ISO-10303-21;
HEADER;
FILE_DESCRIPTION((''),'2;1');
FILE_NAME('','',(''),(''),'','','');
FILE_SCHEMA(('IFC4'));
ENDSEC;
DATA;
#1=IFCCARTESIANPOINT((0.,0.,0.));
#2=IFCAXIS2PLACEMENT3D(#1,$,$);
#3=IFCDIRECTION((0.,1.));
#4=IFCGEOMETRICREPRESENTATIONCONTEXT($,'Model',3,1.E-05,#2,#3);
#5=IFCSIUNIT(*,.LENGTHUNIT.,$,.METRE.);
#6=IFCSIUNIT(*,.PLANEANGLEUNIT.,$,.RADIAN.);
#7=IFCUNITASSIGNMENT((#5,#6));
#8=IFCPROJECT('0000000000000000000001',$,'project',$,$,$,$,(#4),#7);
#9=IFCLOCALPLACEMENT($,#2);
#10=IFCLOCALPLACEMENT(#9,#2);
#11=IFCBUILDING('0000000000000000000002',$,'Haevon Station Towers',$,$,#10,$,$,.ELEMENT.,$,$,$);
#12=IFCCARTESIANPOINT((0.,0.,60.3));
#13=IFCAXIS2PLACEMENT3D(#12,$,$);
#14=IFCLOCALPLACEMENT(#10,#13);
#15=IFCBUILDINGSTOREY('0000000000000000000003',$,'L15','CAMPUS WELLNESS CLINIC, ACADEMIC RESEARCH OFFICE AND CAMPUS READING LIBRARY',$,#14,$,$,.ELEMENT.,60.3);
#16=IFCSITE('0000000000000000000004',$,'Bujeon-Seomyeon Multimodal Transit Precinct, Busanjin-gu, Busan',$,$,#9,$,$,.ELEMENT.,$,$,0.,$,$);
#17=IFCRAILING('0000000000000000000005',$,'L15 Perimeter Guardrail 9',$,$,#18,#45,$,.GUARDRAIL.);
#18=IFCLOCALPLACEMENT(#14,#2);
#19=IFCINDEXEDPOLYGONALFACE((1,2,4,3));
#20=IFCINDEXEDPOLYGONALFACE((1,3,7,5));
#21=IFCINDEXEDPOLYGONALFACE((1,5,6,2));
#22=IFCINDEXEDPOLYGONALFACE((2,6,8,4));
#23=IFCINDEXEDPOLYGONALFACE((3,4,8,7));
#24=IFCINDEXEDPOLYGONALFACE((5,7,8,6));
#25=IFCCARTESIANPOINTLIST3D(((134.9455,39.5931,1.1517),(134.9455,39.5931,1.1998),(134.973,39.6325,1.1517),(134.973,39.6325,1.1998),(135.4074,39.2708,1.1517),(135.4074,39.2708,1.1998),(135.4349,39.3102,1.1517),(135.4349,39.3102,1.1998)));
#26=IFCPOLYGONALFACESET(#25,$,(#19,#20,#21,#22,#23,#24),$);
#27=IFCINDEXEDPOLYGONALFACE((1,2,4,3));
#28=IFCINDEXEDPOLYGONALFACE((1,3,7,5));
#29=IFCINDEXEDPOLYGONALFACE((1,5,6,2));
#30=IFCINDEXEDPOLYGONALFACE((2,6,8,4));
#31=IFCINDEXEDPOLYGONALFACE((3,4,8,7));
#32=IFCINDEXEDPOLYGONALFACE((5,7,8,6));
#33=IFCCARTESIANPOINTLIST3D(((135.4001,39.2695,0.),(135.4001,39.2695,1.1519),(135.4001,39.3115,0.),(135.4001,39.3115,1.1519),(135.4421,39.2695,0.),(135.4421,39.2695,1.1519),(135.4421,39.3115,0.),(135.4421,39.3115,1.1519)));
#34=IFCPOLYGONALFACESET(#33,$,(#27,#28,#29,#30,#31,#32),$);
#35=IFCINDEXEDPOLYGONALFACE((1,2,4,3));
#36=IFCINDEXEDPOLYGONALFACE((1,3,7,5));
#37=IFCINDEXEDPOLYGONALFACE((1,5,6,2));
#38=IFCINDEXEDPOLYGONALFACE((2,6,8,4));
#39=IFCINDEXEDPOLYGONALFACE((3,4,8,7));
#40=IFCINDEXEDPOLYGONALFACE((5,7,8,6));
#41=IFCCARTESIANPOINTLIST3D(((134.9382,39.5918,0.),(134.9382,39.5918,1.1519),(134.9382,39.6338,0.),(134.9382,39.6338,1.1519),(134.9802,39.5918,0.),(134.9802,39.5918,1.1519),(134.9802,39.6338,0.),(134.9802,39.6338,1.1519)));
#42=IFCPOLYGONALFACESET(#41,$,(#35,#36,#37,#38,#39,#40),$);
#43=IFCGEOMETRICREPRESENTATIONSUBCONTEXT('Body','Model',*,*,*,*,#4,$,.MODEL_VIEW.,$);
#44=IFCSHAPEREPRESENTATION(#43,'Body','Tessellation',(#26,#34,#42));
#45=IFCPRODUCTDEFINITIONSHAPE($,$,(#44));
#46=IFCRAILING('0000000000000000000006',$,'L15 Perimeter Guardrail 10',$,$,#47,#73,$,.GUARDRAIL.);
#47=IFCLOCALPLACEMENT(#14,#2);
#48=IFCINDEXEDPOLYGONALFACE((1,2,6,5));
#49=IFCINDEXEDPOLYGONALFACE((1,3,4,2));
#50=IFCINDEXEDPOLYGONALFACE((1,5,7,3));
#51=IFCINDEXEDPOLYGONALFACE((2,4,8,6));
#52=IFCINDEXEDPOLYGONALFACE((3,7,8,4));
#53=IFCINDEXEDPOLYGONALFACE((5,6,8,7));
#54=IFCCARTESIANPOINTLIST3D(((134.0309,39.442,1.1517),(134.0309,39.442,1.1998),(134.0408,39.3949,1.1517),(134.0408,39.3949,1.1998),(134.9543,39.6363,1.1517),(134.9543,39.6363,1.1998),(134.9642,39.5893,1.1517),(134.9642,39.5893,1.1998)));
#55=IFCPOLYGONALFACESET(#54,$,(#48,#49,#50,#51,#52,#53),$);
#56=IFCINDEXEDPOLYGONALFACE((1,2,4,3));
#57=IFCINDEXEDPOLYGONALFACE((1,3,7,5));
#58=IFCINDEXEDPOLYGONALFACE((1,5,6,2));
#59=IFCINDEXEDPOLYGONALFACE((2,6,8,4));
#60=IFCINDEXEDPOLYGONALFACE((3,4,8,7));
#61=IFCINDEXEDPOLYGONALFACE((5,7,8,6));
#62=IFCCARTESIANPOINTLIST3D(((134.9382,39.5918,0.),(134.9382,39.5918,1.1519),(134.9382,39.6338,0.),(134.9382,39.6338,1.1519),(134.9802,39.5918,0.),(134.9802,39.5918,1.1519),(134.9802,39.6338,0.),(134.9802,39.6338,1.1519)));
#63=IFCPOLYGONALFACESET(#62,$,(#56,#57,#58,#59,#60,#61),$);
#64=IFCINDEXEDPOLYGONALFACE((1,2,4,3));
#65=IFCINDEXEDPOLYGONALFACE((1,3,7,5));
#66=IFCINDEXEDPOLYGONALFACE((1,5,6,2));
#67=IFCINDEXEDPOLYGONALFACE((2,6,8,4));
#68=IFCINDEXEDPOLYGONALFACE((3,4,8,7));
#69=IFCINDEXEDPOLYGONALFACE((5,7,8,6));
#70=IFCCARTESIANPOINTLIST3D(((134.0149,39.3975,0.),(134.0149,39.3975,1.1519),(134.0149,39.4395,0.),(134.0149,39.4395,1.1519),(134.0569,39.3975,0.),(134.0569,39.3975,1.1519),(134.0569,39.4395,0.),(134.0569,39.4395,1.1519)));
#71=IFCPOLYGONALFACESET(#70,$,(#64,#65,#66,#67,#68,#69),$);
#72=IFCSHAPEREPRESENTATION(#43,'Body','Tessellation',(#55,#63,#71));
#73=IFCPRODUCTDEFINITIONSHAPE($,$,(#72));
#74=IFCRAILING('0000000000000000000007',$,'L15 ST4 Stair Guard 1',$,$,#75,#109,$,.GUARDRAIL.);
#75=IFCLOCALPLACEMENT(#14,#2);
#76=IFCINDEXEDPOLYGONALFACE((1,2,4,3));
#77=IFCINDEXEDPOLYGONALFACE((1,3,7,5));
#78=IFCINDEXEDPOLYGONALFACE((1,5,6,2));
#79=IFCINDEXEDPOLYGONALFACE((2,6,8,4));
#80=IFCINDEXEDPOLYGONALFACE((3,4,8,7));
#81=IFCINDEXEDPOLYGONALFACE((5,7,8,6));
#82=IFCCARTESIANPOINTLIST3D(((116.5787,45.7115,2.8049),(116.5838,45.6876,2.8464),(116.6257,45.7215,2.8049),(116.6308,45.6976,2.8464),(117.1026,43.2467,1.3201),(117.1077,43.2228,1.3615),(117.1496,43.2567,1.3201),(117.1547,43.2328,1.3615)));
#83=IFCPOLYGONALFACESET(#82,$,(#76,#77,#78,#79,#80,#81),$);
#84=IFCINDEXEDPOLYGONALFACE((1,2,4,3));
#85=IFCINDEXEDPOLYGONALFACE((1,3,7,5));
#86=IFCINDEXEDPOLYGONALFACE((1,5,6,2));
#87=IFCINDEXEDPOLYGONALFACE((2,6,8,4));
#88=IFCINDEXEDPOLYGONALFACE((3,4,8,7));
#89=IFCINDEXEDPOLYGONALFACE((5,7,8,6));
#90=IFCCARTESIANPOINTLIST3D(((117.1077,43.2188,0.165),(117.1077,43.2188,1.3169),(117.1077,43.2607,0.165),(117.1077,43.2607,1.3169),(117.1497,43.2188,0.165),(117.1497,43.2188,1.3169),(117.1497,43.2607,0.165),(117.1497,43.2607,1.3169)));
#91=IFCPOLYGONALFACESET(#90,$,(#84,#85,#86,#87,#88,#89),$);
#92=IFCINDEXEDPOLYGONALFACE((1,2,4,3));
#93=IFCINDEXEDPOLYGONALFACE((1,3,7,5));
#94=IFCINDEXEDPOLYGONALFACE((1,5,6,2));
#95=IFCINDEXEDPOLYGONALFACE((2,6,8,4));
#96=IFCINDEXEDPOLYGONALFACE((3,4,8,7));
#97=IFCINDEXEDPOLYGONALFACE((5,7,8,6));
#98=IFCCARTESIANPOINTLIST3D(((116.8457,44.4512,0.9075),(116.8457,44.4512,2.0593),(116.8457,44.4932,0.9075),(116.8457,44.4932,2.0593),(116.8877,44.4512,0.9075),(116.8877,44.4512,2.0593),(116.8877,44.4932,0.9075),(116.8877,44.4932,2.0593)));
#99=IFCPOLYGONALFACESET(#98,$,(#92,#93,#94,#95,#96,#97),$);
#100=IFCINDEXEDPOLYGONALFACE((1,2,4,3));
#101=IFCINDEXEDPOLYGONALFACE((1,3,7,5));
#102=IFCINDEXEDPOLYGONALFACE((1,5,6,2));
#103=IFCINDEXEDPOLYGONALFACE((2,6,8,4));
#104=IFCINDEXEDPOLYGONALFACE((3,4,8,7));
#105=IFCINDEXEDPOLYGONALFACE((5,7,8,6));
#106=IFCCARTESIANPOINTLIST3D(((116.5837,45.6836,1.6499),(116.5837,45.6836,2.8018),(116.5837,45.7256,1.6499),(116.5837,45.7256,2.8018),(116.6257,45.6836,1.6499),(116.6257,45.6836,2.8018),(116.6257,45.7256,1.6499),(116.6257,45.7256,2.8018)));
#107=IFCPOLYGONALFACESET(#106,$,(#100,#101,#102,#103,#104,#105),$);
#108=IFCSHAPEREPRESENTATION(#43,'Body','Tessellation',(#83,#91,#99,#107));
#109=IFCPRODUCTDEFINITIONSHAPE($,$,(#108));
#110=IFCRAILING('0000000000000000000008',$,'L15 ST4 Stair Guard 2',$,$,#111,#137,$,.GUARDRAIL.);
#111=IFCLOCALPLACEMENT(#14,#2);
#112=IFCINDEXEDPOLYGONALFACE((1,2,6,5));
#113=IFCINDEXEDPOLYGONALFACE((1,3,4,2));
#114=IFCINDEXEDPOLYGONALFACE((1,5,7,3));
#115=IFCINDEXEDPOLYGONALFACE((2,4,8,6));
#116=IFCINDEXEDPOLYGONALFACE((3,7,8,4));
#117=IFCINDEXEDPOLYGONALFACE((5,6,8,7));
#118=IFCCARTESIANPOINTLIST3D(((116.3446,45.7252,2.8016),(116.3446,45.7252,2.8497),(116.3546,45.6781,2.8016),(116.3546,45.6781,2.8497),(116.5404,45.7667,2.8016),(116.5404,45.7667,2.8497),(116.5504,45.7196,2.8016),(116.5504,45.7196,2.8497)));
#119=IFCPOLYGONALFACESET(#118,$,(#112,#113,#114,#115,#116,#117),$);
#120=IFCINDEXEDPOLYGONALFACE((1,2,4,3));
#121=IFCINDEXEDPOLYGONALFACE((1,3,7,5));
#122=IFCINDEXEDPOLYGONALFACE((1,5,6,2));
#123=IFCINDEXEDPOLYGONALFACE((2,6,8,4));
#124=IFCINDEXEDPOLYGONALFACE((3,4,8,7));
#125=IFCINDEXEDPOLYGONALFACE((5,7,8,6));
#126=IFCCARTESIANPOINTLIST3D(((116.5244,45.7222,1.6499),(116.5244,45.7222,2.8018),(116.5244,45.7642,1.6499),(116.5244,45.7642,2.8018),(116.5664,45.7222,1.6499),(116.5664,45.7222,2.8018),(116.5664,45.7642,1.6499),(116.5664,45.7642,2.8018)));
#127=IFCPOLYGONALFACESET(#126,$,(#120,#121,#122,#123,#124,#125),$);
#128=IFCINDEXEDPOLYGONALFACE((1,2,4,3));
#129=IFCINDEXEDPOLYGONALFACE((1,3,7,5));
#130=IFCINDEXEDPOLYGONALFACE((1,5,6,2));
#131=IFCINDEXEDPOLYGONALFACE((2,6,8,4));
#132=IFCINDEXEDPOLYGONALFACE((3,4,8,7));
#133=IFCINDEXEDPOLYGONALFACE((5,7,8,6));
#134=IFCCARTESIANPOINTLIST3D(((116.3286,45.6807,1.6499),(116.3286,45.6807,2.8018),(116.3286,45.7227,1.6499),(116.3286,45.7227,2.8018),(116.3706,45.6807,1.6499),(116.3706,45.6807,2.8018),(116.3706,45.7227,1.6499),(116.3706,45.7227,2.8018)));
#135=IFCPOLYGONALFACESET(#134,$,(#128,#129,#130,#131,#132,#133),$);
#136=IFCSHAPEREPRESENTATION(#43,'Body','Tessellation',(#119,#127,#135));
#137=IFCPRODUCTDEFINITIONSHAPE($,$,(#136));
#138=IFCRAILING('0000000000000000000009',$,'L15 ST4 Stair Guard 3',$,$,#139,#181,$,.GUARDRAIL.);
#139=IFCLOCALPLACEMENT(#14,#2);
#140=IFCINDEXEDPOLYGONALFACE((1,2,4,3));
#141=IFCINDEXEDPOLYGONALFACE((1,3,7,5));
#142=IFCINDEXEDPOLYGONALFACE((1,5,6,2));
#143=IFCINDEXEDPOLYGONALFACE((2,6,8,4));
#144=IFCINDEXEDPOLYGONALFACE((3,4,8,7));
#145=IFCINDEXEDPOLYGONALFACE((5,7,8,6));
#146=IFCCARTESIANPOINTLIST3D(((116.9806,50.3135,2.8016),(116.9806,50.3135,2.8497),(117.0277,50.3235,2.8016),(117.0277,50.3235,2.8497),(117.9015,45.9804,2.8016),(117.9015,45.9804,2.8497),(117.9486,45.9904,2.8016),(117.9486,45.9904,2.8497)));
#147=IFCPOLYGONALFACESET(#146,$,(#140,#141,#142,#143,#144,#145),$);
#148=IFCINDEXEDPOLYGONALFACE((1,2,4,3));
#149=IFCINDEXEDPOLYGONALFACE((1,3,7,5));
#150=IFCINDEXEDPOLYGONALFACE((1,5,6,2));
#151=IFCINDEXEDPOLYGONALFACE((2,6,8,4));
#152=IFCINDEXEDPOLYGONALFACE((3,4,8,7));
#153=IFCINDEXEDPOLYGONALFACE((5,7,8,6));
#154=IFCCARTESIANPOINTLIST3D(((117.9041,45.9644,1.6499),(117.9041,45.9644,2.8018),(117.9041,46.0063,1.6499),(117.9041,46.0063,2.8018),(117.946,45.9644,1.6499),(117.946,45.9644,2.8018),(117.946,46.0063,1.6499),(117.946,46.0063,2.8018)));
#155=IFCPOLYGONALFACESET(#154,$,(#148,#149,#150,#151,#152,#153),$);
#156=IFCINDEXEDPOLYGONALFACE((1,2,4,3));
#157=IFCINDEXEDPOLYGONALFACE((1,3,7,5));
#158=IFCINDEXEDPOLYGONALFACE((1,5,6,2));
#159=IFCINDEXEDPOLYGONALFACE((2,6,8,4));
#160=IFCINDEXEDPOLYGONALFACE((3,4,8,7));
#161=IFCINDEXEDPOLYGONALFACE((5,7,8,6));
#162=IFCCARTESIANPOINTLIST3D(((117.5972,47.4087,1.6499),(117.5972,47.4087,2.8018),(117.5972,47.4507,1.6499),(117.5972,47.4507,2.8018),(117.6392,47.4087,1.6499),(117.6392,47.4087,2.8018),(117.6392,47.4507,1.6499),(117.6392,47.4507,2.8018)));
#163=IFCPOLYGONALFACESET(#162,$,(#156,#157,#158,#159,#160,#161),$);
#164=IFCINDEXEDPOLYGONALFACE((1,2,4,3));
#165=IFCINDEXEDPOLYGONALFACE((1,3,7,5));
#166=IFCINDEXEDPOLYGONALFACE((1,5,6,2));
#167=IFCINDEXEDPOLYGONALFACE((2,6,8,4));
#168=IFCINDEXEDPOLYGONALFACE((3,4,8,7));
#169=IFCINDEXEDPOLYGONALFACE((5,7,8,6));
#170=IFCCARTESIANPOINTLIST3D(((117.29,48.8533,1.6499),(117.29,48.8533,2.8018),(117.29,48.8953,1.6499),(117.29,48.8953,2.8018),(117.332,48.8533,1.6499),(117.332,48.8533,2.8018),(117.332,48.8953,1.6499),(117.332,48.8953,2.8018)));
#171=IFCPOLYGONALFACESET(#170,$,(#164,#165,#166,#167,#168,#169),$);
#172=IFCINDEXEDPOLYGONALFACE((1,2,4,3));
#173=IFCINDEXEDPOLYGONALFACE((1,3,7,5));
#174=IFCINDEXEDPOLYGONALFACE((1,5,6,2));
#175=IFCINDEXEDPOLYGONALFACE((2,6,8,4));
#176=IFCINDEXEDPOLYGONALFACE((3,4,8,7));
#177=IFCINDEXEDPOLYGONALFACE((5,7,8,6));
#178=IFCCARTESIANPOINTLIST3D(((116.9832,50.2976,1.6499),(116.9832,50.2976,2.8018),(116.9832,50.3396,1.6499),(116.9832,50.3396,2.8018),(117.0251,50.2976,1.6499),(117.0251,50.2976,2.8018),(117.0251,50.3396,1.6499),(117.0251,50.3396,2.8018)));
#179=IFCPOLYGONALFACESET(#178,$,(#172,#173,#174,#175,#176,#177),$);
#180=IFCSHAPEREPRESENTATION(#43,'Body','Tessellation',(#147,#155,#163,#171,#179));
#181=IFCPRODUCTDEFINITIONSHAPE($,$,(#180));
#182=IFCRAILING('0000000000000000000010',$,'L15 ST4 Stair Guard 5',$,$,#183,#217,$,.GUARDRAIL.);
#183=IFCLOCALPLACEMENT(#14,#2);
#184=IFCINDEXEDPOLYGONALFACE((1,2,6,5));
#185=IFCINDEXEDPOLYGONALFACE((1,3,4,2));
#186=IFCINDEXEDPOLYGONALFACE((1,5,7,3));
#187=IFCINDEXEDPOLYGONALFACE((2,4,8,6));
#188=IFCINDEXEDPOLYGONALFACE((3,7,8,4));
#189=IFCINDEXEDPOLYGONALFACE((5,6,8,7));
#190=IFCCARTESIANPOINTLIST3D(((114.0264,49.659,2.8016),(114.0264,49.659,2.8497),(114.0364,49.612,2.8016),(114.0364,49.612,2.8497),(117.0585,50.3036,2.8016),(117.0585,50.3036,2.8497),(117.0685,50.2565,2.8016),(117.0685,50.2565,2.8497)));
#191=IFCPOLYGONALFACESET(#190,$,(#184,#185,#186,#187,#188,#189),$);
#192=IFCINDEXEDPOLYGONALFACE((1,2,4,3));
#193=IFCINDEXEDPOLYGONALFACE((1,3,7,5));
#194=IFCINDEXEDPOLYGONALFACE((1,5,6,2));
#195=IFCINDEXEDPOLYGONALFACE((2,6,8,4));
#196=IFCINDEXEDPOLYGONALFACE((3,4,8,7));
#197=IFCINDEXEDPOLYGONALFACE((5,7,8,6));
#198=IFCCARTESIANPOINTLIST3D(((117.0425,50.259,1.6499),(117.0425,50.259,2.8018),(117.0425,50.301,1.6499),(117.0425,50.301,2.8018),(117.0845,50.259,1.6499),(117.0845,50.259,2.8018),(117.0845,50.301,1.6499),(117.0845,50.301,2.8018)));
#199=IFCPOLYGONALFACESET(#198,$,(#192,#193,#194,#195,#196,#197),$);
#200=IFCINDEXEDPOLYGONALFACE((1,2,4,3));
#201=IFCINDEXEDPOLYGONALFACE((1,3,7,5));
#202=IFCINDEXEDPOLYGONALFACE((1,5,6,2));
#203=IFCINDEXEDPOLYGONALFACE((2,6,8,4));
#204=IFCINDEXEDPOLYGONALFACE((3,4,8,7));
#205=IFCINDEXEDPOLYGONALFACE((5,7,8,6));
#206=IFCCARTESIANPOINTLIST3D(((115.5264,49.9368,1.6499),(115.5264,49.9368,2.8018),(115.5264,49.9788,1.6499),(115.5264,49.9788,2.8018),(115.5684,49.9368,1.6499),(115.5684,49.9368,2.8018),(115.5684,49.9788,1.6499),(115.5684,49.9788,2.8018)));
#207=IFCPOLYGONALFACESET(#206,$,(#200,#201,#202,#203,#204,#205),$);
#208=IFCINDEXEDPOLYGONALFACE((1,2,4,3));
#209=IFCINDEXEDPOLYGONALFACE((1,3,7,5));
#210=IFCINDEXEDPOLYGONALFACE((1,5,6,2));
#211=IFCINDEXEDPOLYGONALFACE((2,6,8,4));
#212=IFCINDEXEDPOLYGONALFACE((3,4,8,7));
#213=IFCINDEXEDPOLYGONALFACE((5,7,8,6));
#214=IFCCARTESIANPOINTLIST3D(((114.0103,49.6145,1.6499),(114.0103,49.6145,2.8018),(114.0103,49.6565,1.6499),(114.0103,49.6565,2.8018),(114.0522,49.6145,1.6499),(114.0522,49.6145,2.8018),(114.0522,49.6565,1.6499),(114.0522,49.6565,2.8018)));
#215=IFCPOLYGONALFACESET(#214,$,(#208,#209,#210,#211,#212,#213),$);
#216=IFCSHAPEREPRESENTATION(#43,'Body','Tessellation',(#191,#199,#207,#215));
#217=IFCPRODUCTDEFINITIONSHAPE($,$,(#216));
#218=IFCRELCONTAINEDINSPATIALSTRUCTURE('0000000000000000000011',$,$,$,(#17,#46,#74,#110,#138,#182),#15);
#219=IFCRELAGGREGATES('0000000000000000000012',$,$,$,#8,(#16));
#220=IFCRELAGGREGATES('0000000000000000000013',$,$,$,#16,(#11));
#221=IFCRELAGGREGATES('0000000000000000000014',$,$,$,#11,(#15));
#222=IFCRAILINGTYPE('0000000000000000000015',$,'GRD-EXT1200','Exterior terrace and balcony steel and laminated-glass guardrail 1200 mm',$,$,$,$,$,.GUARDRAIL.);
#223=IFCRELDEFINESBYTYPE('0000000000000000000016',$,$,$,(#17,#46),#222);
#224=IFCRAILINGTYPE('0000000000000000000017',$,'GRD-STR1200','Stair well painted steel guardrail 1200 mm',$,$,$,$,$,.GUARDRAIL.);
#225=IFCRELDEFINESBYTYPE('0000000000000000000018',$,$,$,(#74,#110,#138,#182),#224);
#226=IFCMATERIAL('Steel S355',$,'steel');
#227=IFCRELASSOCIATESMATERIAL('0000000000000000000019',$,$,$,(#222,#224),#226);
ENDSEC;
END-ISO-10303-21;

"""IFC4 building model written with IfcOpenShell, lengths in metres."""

from ifc_helpers import new_model, si_unit, direction, frame, origin, origin_2d, place, context, subcontext, project, spatial, rectangle, extrude, material, type_object, element, save


model = new_model("IFC4")

# Units and contexts
model_context = context("Model", 3, precision=1e-05, world=origin(), true_north=direction((0.0, 1.0)))
body_context = subcontext(model_context, "Body", "Model", "MODEL_VIEW")
ifc_project = project(units=[si_unit("LENGTHUNIT", "METRE"), si_unit("PLANEANGLEUNIT", "RADIAN")], contexts=[model_context])

# Site, building, storey
site_placement = place(None, origin())
site = spatial("IfcSite", under=ifc_project, at=site_placement, Name="Bujeon-Seomyeon Multimodal Transit Precinct, Busanjin-gu, Busan", CompositionType="ELEMENT", RefElevation=0.0)
building_placement = place(site_placement, origin())
building = spatial("IfcBuilding", under=site, at=building_placement, Name="Haevon Station Towers", CompositionType="ELEMENT")
storey_placement = place(building_placement, frame((0.0, 0.0, 60.3)))
storey = spatial("IfcBuildingStorey", under=building, at=storey_placement, Name="L15", Description="CAMPUS WELLNESS CLINIC, ACADEMIC RESEARCH OFFICE AND CAMPUS READING LIBRARY", CompositionType="ELEMENT", Elevation=60.3)

# Shared definitions
ifc_material_1 = material(Name="Steel S355", Category="steel")

# Railings
railing_type_1 = type_object("IfcRailingType", Name="GRD-EXT1200", Description="Exterior terrace and balcony steel and laminated-glass guardrail 1200 mm", PredefinedType="GUARDRAIL", material=ifc_material_1)
railing_1_placement = place(storey_placement, frame((135.4211, 39.2905, 0.0)))
element("IfcRailing", 1, at=railing_1_placement, inside=storey, type_object=railing_type_1, Name="L15 Perimeter Guardrail 9", PredefinedType="GUARDRAIL", context=body_context, shape_type="SweptSolid", body=[
    extrude(rectangle(XDim=0.0481, YDim=0.0481, at=origin_2d()), frame((0.0, 0.0, 1.1758), z_axis=(-0.820127, 0.572182, 0.0), x_axis=(-0.572182, -0.820127, 0.0)), (0.0, 0.0, 1.0), 0.5632),
    extrude(rectangle(XDim=0.042, YDim=0.042, at=origin_2d()), origin(), (0.0, 0.0, 1.0), 1.1519),
    extrude(rectangle(XDim=0.042, YDim=0.042, at=origin_2d()), frame((-0.4619, 0.3223, 0.0)), (0.0, 0.0, 1.0), 1.1519),
])
railing_2_placement = place(storey_placement, frame((134.9592, 39.6128, 0.0)))
element("IfcRailing", 2, at=railing_2_placement, inside=storey, type_object=railing_type_1, Name="L15 Perimeter Guardrail 10", PredefinedType="GUARDRAIL", context=body_context, shape_type="SweptSolid", body=[
    extrude(rectangle(XDim=0.0481, YDim=0.0481, at=origin_2d()), frame((0.0, 0.0, 1.1758), z_axis=(-0.978561, -0.205958, 0.0), x_axis=(0.205958, -0.978561, 0.0)), (0.0, 0.0, 1.0), 0.9436),
    extrude(rectangle(XDim=0.042, YDim=0.042, at=origin_2d()), origin(), (0.0, 0.0, 1.0), 1.1519),
    extrude(rectangle(XDim=0.042, YDim=0.042, at=origin_2d()), frame((-0.9233, -0.1943, 0.0)), (0.0, 0.0, 1.0), 1.1519),
])
railing_type_2 = type_object("IfcRailingType", Name="GRD-STR1200", Description="Stair well painted steel guardrail 1200 mm", PredefinedType="GUARDRAIL", material=ifc_material_1)
railing_3_placement = place(storey_placement, frame((117.1287, 43.2397, 0.165)))
element("IfcRailing", 3, at=railing_3_placement, inside=storey, type_object=railing_type_2, Name="L15 ST4 Stair Guard 1", PredefinedType="GUARDRAIL", context=body_context, shape_type="SweptSolid", body=[
    extrude(rectangle(XDim=0.0481, YDim=0.0481, at=origin_2d()), frame((0.0, 0.0, 1.1758), z_axis=(-0.179129, 0.842724, 0.507671), x_axis=(-0.978147, -0.207914, 0.0)), (0.0, 0.0, 1.0), 2.9248),
    extrude(rectangle(XDim=0.042, YDim=0.042, at=origin_2d()), origin(), (0.0, 0.0, 1.0), 1.1519),
    extrude(rectangle(XDim=0.042, YDim=0.042, at=origin_2d()), frame((-0.262, 1.2324, 0.7424)), (0.0, 0.0, 1.0), 1.1519),
    extrude(rectangle(XDim=0.042, YDim=0.042, at=origin_2d()), frame((-0.5239, 2.4648, 1.4849)), (0.0, 0.0, 1.0), 1.1519),
])
railing_4_placement = place(storey_placement, frame((116.5454, 45.7432, 1.6499)))
element("IfcRailing", 4, at=railing_4_placement, inside=storey, type_object=railing_type_2, Name="L15 ST4 Stair Guard 2", PredefinedType="GUARDRAIL", context=body_context, shape_type="SweptSolid", body=[
    extrude(rectangle(XDim=0.0481, YDim=0.0481, at=origin_2d()), frame((0.0, 0.0, 1.1758), z_axis=(-0.978264, -0.207363, 0.0), x_axis=(0.207363, -0.978264, 0.0)), (0.0, 0.0, 1.0), 0.2002),
    extrude(rectangle(XDim=0.042, YDim=0.042, at=origin_2d()), origin(), (0.0, 0.0, 1.0), 1.1519),
    extrude(rectangle(XDim=0.042, YDim=0.042, at=origin_2d()), frame((-0.1958, -0.0415, 0.0)), (0.0, 0.0, 1.0), 1.1519),
])
railing_5_placement = place(storey_placement, frame((117.925, 45.9854, 1.6499)))
element("IfcRailing", 5, at=railing_5_placement, inside=storey, type_object=railing_type_2, Name="L15 ST4 Stair Guard 3", PredefinedType="GUARDRAIL", context=body_context, shape_type="SweptSolid", body=[
    extrude(rectangle(XDim=0.0481, YDim=0.0481, at=origin_2d()), frame((0.0, 0.0, 1.1758), z_axis=(-0.207877, 0.978155, 0.0), x_axis=(-0.978155, -0.207877, 0.0)), (0.0, 0.0, 1.0), 4.4299),
    extrude(rectangle(XDim=0.042, YDim=0.042, at=origin_2d()), origin(), (0.0, 0.0, 1.0), 1.1519),
    extrude(rectangle(XDim=0.042, YDim=0.042, at=origin_2d()), frame((-0.3069, 1.4443, 0.0)), (0.0, 0.0, 1.0), 1.1519),
    extrude(rectangle(XDim=0.042, YDim=0.042, at=origin_2d()), frame((-0.614, 2.8889, 0.0)), (0.0, 0.0, 1.0), 1.1519),
    extrude(rectangle(XDim=0.042, YDim=0.042, at=origin_2d()), frame((-0.9209, 4.3333, 0.0)), (0.0, 0.0, 1.0), 1.1519),
])
railing_6_placement = place(storey_placement, frame((117.0635, 50.28, 1.6499)))
element("IfcRailing", 6, at=railing_6_placement, inside=storey, type_object=railing_type_2, Name="L15 ST4 Stair Guard 5", PredefinedType="GUARDRAIL", context=body_context, shape_type="SweptSolid", body=[
    extrude(rectangle(XDim=0.0481, YDim=0.0481, at=origin_2d()), frame((0.0, 0.0, 1.1758), z_axis=(-0.978147, -0.207915, 0.0), x_axis=(0.207915, -0.978147, 0.0)), (0.0, 0.0, 1.0), 3.0999),
    extrude(rectangle(XDim=0.042, YDim=0.042, at=origin_2d()), origin(), (0.0, 0.0, 1.0), 1.1519),
    extrude(rectangle(XDim=0.042, YDim=0.042, at=origin_2d()), frame((-1.5161, -0.3223, 0.0)), (0.0, 0.0, 1.0), 1.1519),
    extrude(rectangle(XDim=0.042, YDim=0.042, at=origin_2d()), frame((-3.0322, -0.6445, 0.0)), (0.0, 0.0, 1.0), 1.1519),
])

save(model, "model.ifc")
